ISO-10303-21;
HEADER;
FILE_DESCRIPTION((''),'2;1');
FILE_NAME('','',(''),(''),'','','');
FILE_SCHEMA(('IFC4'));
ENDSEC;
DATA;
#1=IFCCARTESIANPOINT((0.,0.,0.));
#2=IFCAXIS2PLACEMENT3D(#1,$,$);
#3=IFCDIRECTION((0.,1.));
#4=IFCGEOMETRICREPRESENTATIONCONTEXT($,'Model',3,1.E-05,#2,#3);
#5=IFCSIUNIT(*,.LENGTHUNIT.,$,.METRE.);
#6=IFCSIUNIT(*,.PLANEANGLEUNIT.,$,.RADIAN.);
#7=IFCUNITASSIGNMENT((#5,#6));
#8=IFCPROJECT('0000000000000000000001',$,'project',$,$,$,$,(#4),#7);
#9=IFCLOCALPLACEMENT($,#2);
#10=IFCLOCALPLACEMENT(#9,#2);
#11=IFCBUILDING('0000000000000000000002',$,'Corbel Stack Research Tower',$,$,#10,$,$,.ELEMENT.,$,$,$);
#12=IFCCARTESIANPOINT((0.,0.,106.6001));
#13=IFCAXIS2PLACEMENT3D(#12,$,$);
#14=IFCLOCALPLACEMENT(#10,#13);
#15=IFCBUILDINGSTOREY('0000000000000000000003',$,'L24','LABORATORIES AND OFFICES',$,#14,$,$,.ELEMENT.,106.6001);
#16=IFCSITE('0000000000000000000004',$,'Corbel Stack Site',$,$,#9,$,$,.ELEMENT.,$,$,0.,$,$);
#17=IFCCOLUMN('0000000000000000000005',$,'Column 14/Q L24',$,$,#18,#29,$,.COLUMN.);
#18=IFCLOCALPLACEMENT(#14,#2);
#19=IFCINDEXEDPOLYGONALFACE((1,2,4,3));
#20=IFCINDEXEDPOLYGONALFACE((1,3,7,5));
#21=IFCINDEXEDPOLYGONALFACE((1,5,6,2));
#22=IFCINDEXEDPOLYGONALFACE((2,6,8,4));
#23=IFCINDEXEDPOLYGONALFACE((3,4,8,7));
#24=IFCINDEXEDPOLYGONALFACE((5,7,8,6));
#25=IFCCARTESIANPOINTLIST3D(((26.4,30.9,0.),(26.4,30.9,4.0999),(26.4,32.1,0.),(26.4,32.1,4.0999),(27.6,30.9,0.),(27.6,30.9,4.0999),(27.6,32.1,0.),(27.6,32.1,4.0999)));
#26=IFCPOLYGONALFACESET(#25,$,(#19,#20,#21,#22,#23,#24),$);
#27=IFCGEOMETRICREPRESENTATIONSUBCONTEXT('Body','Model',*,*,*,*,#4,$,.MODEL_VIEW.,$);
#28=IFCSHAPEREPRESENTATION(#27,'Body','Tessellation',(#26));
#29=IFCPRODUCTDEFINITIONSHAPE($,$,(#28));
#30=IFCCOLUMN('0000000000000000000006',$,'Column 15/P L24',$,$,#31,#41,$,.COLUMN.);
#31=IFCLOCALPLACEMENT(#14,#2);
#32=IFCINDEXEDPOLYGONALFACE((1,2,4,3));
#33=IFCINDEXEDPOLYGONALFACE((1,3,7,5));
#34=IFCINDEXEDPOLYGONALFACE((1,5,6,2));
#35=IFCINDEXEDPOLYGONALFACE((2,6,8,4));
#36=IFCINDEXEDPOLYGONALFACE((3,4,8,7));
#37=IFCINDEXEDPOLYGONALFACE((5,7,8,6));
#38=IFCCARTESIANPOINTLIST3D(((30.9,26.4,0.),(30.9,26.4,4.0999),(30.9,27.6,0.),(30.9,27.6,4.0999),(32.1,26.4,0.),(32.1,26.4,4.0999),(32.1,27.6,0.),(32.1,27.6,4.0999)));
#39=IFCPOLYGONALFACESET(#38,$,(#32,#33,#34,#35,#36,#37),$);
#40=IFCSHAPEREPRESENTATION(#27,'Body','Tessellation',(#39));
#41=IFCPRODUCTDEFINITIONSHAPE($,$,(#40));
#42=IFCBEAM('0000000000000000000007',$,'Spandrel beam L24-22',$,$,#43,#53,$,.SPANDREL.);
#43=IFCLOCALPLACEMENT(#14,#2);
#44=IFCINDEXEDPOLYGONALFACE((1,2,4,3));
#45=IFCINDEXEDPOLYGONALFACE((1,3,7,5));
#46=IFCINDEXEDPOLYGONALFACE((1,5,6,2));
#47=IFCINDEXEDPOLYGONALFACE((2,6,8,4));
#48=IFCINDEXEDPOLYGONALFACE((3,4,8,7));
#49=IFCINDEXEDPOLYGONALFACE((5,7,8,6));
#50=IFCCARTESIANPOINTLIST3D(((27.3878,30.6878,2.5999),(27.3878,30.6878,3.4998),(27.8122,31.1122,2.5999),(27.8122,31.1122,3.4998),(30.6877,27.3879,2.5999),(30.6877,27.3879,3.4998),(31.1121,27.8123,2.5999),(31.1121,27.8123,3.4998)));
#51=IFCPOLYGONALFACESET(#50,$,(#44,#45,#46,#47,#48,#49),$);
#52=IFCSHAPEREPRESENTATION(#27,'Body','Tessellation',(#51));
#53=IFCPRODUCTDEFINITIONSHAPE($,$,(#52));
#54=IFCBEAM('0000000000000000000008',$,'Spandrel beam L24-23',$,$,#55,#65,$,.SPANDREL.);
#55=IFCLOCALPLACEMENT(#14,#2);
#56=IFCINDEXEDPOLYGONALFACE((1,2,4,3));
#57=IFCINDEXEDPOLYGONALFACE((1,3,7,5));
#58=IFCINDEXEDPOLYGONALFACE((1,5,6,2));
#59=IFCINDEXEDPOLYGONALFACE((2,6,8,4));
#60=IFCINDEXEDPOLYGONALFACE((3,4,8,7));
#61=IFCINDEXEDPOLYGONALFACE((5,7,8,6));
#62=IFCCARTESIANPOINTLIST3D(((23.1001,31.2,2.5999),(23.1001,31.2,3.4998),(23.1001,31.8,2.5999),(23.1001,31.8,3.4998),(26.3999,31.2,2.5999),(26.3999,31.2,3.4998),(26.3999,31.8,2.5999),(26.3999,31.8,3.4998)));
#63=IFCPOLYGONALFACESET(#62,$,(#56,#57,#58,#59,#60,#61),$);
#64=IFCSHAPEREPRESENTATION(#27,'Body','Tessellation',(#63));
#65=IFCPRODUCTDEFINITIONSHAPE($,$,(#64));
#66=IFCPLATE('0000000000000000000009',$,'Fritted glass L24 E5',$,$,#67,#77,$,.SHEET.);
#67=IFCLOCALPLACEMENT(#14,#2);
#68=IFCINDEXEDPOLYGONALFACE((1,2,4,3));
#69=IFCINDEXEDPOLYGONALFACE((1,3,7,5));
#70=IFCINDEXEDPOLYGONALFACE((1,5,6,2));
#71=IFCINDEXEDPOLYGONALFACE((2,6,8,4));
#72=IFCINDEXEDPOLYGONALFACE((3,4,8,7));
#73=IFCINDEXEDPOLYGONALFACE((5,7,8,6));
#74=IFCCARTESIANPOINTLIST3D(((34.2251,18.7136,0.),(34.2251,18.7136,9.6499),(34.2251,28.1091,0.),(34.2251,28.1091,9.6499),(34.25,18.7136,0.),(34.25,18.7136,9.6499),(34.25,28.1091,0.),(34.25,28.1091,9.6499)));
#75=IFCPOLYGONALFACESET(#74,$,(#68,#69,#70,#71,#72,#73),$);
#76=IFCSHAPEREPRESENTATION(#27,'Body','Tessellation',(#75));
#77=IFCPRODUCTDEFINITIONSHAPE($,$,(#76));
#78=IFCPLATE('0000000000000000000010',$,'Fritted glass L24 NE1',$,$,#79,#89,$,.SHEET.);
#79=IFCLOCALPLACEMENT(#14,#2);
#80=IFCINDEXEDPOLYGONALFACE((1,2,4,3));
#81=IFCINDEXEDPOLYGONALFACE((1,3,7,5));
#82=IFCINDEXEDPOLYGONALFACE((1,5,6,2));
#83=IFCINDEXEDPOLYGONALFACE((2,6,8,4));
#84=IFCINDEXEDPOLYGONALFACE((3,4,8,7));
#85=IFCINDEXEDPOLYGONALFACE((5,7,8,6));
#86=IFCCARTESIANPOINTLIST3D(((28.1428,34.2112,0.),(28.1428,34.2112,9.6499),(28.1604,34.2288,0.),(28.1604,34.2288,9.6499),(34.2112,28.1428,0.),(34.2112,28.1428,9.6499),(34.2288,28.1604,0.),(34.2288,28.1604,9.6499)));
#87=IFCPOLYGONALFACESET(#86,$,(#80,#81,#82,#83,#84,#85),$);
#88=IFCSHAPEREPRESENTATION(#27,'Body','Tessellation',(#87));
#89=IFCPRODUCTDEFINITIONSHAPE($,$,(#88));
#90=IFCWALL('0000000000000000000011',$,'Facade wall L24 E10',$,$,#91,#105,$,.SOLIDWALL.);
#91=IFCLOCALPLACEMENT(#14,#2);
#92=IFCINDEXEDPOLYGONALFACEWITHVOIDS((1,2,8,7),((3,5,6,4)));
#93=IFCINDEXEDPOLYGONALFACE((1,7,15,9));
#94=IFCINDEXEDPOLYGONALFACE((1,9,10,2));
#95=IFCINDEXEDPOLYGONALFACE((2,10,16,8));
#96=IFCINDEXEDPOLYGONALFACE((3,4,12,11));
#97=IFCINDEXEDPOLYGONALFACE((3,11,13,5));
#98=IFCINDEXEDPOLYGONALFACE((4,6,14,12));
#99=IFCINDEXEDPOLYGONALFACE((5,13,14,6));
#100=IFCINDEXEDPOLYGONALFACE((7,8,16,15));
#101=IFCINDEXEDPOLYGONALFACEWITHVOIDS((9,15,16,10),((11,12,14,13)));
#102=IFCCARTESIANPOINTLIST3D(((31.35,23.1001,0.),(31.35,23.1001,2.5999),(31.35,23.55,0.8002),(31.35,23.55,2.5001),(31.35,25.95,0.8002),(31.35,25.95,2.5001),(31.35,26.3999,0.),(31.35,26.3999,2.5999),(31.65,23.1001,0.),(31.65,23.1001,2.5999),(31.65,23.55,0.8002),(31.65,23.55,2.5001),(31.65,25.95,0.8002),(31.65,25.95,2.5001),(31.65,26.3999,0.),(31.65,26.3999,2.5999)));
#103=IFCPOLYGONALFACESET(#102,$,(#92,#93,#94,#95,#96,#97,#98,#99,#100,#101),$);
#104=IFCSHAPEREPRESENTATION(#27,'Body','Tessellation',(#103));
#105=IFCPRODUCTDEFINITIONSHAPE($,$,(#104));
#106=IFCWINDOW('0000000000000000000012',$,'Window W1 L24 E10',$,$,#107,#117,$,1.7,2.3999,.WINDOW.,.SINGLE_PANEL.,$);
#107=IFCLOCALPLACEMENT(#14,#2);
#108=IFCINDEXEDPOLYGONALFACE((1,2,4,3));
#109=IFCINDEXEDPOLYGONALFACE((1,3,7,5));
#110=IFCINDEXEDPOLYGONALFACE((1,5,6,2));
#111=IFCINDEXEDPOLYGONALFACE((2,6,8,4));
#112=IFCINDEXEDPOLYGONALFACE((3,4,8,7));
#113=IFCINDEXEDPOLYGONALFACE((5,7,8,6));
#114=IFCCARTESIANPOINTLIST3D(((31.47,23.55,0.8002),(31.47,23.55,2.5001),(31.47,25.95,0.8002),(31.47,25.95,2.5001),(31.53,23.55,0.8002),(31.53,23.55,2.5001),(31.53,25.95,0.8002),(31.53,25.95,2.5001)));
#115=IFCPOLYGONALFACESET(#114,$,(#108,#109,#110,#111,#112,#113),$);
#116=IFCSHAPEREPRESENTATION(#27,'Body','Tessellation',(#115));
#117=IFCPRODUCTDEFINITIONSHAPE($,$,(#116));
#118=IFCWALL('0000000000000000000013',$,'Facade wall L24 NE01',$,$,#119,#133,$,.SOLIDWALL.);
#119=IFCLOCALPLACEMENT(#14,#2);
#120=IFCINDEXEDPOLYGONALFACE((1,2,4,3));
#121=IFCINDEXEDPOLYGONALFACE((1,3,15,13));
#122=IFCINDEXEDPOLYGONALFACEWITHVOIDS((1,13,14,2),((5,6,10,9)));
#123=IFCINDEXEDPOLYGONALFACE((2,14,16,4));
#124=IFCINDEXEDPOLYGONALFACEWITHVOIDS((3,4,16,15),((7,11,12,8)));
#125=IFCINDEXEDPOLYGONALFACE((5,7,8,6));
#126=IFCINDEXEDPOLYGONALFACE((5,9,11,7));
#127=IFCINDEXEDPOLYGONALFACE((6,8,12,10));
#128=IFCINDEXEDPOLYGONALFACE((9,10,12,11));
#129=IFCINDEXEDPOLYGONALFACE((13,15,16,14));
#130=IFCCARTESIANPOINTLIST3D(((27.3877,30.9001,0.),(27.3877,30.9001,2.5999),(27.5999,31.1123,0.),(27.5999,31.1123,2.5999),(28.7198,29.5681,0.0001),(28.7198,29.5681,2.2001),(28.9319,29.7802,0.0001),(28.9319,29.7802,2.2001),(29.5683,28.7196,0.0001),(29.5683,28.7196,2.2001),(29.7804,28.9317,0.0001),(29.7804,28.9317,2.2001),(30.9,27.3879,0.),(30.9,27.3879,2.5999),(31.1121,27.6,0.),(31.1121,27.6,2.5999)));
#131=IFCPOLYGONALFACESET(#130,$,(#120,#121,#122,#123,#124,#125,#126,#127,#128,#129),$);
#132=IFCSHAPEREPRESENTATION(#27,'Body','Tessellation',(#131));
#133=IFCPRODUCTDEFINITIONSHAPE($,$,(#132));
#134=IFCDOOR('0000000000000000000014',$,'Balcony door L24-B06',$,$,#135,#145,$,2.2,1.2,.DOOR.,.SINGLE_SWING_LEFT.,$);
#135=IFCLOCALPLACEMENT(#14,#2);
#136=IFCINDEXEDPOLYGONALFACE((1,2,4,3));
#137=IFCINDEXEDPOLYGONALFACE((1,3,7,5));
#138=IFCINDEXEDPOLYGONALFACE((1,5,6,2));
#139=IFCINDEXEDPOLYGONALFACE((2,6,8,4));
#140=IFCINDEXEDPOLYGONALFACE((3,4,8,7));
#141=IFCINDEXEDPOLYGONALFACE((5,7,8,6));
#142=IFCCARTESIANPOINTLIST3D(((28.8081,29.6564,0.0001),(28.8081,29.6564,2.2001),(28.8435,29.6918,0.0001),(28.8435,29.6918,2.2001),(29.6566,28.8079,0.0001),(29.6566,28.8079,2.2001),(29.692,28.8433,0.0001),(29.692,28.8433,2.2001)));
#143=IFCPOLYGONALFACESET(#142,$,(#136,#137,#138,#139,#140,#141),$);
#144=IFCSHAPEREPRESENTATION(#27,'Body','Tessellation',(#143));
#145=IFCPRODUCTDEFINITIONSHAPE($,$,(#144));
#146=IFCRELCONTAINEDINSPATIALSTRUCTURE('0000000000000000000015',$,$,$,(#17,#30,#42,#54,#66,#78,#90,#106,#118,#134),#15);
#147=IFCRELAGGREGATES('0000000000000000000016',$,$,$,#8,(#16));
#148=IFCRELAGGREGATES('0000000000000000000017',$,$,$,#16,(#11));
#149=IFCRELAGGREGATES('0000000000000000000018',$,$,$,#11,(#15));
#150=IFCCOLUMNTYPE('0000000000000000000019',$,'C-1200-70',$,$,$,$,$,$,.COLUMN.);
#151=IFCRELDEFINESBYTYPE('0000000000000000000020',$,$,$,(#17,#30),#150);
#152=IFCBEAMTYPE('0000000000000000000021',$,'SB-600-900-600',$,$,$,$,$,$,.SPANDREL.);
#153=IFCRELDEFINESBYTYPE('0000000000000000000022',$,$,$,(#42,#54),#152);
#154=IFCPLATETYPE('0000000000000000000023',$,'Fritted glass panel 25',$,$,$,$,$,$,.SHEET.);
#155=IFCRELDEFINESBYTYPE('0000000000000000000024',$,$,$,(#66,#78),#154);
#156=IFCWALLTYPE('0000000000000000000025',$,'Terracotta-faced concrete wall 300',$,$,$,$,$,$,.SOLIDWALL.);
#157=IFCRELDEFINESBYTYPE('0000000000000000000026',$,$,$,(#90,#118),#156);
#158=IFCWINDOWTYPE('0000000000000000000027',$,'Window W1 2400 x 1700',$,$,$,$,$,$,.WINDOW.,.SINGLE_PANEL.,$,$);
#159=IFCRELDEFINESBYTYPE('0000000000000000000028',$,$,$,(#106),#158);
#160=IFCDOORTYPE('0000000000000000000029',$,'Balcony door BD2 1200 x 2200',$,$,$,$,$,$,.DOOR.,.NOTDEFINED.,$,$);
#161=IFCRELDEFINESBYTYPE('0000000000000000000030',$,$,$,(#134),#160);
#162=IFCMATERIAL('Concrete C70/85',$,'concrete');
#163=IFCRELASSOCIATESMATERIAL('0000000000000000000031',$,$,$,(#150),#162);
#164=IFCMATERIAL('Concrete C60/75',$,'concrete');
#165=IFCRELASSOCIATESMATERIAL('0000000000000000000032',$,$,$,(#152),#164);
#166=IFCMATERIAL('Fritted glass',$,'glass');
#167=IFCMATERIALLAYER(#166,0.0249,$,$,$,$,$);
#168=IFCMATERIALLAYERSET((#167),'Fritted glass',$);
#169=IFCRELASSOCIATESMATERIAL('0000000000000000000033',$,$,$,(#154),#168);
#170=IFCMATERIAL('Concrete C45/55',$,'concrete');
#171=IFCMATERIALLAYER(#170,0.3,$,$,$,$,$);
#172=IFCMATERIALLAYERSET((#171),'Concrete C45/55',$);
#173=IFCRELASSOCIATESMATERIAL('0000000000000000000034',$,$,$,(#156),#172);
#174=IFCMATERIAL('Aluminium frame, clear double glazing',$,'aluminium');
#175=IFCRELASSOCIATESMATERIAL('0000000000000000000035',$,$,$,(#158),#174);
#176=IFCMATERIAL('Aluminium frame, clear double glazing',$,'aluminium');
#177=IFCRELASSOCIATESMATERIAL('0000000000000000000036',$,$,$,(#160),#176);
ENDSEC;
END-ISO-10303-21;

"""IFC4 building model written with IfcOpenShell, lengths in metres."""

from ifc_helpers import new_model, si_unit, direction, frame, frame_2d, origin, origin_2d, place, context, subcontext, project, spatial, rectangle, extrude, material, layer, layer_set, material_profile, profile_set, type_object, element, fill, save


model = new_model("IFC4")

# Units and contexts
model_context = context("Model", 3, precision=1e-05, world=origin(), true_north=direction((0.0, 1.0)))
body_context = subcontext(model_context, "Body", "Model", "MODEL_VIEW")
ifc_project = project(units=[si_unit("LENGTHUNIT", "METRE"), si_unit("PLANEANGLEUNIT", "RADIAN")], contexts=[model_context])

# Site, building, storey
site_placement = place(None, origin())
site = spatial("IfcSite", under=ifc_project, at=site_placement, Name="Corbel Stack Site", CompositionType="ELEMENT", RefElevation=0.0)
building_placement = place(site_placement, origin())
building = spatial("IfcBuilding", under=site, at=building_placement, Name="Corbel Stack Research Tower", CompositionType="ELEMENT")
storey_placement = place(building_placement, frame((0.0, 0.0, 106.6001)))
storey = spatial("IfcBuildingStorey", under=building, at=storey_placement, Name="L24", Description="LABORATORIES AND OFFICES", CompositionType="ELEMENT", Elevation=106.6001)

# Columns
ifc_material_1 = material(Name="Concrete C70/85", Category="concrete")
ifc_material_profile_1 = material_profile(ifc_material_1, rectangle(XDim=1.2, YDim=1.2, at=origin_2d()), Name="RC 1200 x 1200")
ifc_profile_set_1 = profile_set([ifc_material_profile_1], Name="Concrete C70/85")
column_type = type_object("IfcColumnType", Name="C-1200-70", PredefinedType="COLUMN", material=ifc_profile_set_1)
for number, where, z_axis, x_axis, name in (
    (1, (27.0, 31.5, 0.0), (0.0, 0.0, 1.0), (1.0, 0.0, 0.0), "Column 14/Q L24"),
    (2, (31.5, 27.0, 0.0), (0.0, 0.0, 1.0), (1.0, 0.0, 0.0), "Column 15/P L24"),
):
    element("IfcColumn", number, at=place(storey_placement, frame(where, z_axis=z_axis, x_axis=x_axis)), inside=storey, type_object=column_type, Name=name, PredefinedType="COLUMN", context=body_context, shape_type="SweptSolid", body=[
        extrude(rectangle(XDim=1.2, YDim=1.2, at=origin_2d()), origin(), (0.0, 0.0, 1.0), 4.0999),
    ])

# Beams
ifc_material_2 = material(Name="Concrete C60/75", Category="concrete")
ifc_material_profile_2 = material_profile(ifc_material_2, rectangle(XDim=0.6001, YDim=0.8999, at=origin_2d()), Name="RC 600 x 900")
ifc_profile_set_2 = profile_set([ifc_material_profile_2], Name="Concrete C60/75")
beam_type = type_object("IfcBeamType", Name="SB-600-900-600", PredefinedType="SPANDREL", material=ifc_profile_set_2)
beam_1_placement = place(storey_placement, frame((30.8999, 27.6001, 3.0498), z_axis=(-0.707107, 0.707107, 0.0), x_axis=(-0.707107, -0.707107, 0.0)))
element("IfcBeam", 3, at=beam_1_placement, inside=storey, type_object=beam_type, Name="Spandrel beam L24-22", PredefinedType="SPANDREL", context=body_context, shape_type="SweptSolid", body=[
    extrude(rectangle(XDim=0.6001, YDim=0.8999, at=origin_2d()), origin(), (0.0, 0.0, 1.0), 4.6667),
])
beam_2_placement = place(storey_placement, frame((26.3999, 31.5, 3.0498), z_axis=(-1.0, 0.0, 0.0), x_axis=(0.0, -1.0, 0.0)))
element("IfcBeam", 4, at=beam_2_placement, inside=storey, type_object=beam_type, Name="Spandrel beam L24-23", PredefinedType="SPANDREL", context=body_context, shape_type="SweptSolid", body=[
    extrude(rectangle(XDim=0.6001, YDim=0.8999, at=origin_2d()), origin(), (0.0, 0.0, 1.0), 3.2998),
])

# Plates
ifc_material_3 = material(Name="Fritted glass", Category="glass")
ifc_layer_1 = layer(ifc_material_3, 0.0249)
ifc_layer_set_1 = layer_set([ifc_layer_1], Name="Fritted glass")
plate_type = type_object("IfcPlateType", Name="Fritted glass panel 25", PredefinedType="SHEET", material=ifc_layer_set_1)
plate_1_placement = place(storey_placement, frame((34.2375, 23.4114, 0.0), z_axis=(0.0, 0.0, 1.0), x_axis=(0.0, 1.0, 0.0)))
element("IfcPlate", 5, at=plate_1_placement, inside=storey, type_object=plate_type, Name="Fritted glass L24 E5", PredefinedType="SHEET", context=body_context, shape_type="SweptSolid", body=[
    extrude(rectangle(XDim=9.3955, YDim=0.0249, at=origin_2d()), origin(), (0.0, 0.0, 1.0), 9.6499),
])
plate_2_placement = place(storey_placement, frame((31.1858, 31.1858, 0.0), z_axis=(0.0, 0.0, 1.0), x_axis=(-0.707107, 0.707107, 0.0)))
element("IfcPlate", 6, at=plate_2_placement, inside=storey, type_object=plate_type, Name="Fritted glass L24 NE1", PredefinedType="SHEET", context=body_context, shape_type="SweptSolid", body=[
    extrude(rectangle(XDim=8.582, YDim=0.0249, at=origin_2d()), origin(), (0.0, 0.0, 1.0), 9.6499),
])

# Wall, opening, window
ifc_material_4 = material(Name="Concrete C45/55", Category="concrete")
ifc_layer_2 = layer(ifc_material_4, 0.3)
ifc_layer_set_2 = layer_set([ifc_layer_2], Name="Concrete C45/55")
wall_type = type_object("IfcWallType", Name="Terracotta-faced concrete wall 300", PredefinedType="SOLIDWALL", material=ifc_layer_set_2)
wall_1_placement = place(storey_placement, frame((31.5, 26.3999, 0.0), z_axis=(0.0, 0.0, 1.0), x_axis=(0.0, -1.0, 0.0)))
wall_1 = element("IfcWall", 7, at=wall_1_placement, inside=storey, type_object=wall_type, Name="Facade wall L24 E10", PredefinedType="SOLIDWALL", context=body_context, shape_type="SweptSolid", body=[
    extrude(rectangle(XDim=3.2998, YDim=0.3, at=frame_2d((1.6499, 0.0))), origin(), (0.0, 0.0, 1.0), 2.5999),
])
opening_1_placement = place(wall_1_placement, frame((0.45, 0.0, 0.8)))
opening_1 = element("IfcOpeningElement", 8, at=opening_1_placement, cuts=wall_1, PredefinedType="OPENING", context=body_context, shape_type="SweptSolid", body=[
    extrude(rectangle(XDim=2.3999, YDim=1.7, at=frame_2d((1.2, 0.8501))), frame((0.0, 0.1599, 0.0), z_axis=(0.0, -1.0, 0.0), x_axis=(1.0, 0.0, 0.0)), (0.0, 0.0, 1.0), 0.3201),
])
ifc_material_5 = material(Name="Aluminium frame, clear double glazing", Category="aluminium")
window_type = type_object("IfcWindowType", Name="Window W1 2400 x 1700", PartitioningType="SINGLE_PANEL", PredefinedType="WINDOW", material=ifc_material_5)
window_placement = place(opening_1_placement, origin())
window = element("IfcWindow", 9, at=window_placement, inside=storey, type_object=window_type, Name="Window W1 L24 E10", OverallHeight=1.7, OverallWidth=2.3999, PartitioningType="SINGLE_PANEL", PredefinedType="WINDOW", context=body_context, shape_type="SweptSolid", body=[
    extrude(rectangle(XDim=2.3999, YDim=1.7, at=frame_2d((1.2, 0.8501))), frame((0.0, 0.03, 0.0), z_axis=(0.0, -1.0, 0.0), x_axis=(1.0, 0.0, 0.0)), (0.0, 0.0, 1.0), 0.0601),
])
fill(opening_1, window)

# Wall, opening, door
wall_2_placement = place(storey_placement, frame((27.4939, 31.0061, 0.0), z_axis=(0.0, 0.0, 1.0), x_axis=(0.707107, -0.707107, 0.0)))
wall_2 = element("IfcWall", 10, at=wall_2_placement, inside=storey, type_object=wall_type, Name="Facade wall L24 NE01", PredefinedType="SOLIDWALL", context=body_context, shape_type="SweptSolid", body=[
    extrude(rectangle(XDim=4.967, YDim=0.3, at=frame_2d((2.4834, 0.0))), origin(), (0.0, 0.0, 1.0), 2.5999),
])
opening_2_placement = place(wall_2_placement, frame((1.8835, 0.0, 0.0)))
opening_2 = element("IfcOpeningElement", 11, at=opening_2_placement, cuts=wall_2, PredefinedType="OPENING", context=body_context, shape_type="SweptSolid", body=[
    extrude(rectangle(XDim=1.2, YDim=2.2, at=frame_2d((0.6001, 1.1001))), frame((0.0, 0.1599, 0.0), z_axis=(0.0, -1.0, 0.0), x_axis=(1.0, 0.0, 0.0)), (0.0, 0.0, 1.0), 0.3201),
])
ifc_material_6 = material(Name="Aluminium frame, clear double glazing", Category="aluminium")
door_type = type_object("IfcDoorType", Name="Balcony door BD2 1200 x 2200", OperationType="NOTDEFINED", PredefinedType="DOOR", material=ifc_material_6)
door_placement = place(opening_2_placement, origin())
door = element("IfcDoor", 12, at=door_placement, inside=storey, type_object=door_type, Name="Balcony door L24-B06", OperationType="SINGLE_SWING_LEFT", OverallHeight=2.2, OverallWidth=1.2, PredefinedType="DOOR", context=body_context, shape_type="SweptSolid", body=[
    extrude(rectangle(XDim=1.2, YDim=2.2, at=frame_2d((0.6001, 1.1001))), frame((0.0, 0.0249, 0.0), z_axis=(0.0, -1.0, 0.0), x_axis=(1.0, 0.0, 0.0)), (0.0, 0.0, 1.0), 0.05),
])
fill(opening_2, door)

save(model, "model.ifc")
